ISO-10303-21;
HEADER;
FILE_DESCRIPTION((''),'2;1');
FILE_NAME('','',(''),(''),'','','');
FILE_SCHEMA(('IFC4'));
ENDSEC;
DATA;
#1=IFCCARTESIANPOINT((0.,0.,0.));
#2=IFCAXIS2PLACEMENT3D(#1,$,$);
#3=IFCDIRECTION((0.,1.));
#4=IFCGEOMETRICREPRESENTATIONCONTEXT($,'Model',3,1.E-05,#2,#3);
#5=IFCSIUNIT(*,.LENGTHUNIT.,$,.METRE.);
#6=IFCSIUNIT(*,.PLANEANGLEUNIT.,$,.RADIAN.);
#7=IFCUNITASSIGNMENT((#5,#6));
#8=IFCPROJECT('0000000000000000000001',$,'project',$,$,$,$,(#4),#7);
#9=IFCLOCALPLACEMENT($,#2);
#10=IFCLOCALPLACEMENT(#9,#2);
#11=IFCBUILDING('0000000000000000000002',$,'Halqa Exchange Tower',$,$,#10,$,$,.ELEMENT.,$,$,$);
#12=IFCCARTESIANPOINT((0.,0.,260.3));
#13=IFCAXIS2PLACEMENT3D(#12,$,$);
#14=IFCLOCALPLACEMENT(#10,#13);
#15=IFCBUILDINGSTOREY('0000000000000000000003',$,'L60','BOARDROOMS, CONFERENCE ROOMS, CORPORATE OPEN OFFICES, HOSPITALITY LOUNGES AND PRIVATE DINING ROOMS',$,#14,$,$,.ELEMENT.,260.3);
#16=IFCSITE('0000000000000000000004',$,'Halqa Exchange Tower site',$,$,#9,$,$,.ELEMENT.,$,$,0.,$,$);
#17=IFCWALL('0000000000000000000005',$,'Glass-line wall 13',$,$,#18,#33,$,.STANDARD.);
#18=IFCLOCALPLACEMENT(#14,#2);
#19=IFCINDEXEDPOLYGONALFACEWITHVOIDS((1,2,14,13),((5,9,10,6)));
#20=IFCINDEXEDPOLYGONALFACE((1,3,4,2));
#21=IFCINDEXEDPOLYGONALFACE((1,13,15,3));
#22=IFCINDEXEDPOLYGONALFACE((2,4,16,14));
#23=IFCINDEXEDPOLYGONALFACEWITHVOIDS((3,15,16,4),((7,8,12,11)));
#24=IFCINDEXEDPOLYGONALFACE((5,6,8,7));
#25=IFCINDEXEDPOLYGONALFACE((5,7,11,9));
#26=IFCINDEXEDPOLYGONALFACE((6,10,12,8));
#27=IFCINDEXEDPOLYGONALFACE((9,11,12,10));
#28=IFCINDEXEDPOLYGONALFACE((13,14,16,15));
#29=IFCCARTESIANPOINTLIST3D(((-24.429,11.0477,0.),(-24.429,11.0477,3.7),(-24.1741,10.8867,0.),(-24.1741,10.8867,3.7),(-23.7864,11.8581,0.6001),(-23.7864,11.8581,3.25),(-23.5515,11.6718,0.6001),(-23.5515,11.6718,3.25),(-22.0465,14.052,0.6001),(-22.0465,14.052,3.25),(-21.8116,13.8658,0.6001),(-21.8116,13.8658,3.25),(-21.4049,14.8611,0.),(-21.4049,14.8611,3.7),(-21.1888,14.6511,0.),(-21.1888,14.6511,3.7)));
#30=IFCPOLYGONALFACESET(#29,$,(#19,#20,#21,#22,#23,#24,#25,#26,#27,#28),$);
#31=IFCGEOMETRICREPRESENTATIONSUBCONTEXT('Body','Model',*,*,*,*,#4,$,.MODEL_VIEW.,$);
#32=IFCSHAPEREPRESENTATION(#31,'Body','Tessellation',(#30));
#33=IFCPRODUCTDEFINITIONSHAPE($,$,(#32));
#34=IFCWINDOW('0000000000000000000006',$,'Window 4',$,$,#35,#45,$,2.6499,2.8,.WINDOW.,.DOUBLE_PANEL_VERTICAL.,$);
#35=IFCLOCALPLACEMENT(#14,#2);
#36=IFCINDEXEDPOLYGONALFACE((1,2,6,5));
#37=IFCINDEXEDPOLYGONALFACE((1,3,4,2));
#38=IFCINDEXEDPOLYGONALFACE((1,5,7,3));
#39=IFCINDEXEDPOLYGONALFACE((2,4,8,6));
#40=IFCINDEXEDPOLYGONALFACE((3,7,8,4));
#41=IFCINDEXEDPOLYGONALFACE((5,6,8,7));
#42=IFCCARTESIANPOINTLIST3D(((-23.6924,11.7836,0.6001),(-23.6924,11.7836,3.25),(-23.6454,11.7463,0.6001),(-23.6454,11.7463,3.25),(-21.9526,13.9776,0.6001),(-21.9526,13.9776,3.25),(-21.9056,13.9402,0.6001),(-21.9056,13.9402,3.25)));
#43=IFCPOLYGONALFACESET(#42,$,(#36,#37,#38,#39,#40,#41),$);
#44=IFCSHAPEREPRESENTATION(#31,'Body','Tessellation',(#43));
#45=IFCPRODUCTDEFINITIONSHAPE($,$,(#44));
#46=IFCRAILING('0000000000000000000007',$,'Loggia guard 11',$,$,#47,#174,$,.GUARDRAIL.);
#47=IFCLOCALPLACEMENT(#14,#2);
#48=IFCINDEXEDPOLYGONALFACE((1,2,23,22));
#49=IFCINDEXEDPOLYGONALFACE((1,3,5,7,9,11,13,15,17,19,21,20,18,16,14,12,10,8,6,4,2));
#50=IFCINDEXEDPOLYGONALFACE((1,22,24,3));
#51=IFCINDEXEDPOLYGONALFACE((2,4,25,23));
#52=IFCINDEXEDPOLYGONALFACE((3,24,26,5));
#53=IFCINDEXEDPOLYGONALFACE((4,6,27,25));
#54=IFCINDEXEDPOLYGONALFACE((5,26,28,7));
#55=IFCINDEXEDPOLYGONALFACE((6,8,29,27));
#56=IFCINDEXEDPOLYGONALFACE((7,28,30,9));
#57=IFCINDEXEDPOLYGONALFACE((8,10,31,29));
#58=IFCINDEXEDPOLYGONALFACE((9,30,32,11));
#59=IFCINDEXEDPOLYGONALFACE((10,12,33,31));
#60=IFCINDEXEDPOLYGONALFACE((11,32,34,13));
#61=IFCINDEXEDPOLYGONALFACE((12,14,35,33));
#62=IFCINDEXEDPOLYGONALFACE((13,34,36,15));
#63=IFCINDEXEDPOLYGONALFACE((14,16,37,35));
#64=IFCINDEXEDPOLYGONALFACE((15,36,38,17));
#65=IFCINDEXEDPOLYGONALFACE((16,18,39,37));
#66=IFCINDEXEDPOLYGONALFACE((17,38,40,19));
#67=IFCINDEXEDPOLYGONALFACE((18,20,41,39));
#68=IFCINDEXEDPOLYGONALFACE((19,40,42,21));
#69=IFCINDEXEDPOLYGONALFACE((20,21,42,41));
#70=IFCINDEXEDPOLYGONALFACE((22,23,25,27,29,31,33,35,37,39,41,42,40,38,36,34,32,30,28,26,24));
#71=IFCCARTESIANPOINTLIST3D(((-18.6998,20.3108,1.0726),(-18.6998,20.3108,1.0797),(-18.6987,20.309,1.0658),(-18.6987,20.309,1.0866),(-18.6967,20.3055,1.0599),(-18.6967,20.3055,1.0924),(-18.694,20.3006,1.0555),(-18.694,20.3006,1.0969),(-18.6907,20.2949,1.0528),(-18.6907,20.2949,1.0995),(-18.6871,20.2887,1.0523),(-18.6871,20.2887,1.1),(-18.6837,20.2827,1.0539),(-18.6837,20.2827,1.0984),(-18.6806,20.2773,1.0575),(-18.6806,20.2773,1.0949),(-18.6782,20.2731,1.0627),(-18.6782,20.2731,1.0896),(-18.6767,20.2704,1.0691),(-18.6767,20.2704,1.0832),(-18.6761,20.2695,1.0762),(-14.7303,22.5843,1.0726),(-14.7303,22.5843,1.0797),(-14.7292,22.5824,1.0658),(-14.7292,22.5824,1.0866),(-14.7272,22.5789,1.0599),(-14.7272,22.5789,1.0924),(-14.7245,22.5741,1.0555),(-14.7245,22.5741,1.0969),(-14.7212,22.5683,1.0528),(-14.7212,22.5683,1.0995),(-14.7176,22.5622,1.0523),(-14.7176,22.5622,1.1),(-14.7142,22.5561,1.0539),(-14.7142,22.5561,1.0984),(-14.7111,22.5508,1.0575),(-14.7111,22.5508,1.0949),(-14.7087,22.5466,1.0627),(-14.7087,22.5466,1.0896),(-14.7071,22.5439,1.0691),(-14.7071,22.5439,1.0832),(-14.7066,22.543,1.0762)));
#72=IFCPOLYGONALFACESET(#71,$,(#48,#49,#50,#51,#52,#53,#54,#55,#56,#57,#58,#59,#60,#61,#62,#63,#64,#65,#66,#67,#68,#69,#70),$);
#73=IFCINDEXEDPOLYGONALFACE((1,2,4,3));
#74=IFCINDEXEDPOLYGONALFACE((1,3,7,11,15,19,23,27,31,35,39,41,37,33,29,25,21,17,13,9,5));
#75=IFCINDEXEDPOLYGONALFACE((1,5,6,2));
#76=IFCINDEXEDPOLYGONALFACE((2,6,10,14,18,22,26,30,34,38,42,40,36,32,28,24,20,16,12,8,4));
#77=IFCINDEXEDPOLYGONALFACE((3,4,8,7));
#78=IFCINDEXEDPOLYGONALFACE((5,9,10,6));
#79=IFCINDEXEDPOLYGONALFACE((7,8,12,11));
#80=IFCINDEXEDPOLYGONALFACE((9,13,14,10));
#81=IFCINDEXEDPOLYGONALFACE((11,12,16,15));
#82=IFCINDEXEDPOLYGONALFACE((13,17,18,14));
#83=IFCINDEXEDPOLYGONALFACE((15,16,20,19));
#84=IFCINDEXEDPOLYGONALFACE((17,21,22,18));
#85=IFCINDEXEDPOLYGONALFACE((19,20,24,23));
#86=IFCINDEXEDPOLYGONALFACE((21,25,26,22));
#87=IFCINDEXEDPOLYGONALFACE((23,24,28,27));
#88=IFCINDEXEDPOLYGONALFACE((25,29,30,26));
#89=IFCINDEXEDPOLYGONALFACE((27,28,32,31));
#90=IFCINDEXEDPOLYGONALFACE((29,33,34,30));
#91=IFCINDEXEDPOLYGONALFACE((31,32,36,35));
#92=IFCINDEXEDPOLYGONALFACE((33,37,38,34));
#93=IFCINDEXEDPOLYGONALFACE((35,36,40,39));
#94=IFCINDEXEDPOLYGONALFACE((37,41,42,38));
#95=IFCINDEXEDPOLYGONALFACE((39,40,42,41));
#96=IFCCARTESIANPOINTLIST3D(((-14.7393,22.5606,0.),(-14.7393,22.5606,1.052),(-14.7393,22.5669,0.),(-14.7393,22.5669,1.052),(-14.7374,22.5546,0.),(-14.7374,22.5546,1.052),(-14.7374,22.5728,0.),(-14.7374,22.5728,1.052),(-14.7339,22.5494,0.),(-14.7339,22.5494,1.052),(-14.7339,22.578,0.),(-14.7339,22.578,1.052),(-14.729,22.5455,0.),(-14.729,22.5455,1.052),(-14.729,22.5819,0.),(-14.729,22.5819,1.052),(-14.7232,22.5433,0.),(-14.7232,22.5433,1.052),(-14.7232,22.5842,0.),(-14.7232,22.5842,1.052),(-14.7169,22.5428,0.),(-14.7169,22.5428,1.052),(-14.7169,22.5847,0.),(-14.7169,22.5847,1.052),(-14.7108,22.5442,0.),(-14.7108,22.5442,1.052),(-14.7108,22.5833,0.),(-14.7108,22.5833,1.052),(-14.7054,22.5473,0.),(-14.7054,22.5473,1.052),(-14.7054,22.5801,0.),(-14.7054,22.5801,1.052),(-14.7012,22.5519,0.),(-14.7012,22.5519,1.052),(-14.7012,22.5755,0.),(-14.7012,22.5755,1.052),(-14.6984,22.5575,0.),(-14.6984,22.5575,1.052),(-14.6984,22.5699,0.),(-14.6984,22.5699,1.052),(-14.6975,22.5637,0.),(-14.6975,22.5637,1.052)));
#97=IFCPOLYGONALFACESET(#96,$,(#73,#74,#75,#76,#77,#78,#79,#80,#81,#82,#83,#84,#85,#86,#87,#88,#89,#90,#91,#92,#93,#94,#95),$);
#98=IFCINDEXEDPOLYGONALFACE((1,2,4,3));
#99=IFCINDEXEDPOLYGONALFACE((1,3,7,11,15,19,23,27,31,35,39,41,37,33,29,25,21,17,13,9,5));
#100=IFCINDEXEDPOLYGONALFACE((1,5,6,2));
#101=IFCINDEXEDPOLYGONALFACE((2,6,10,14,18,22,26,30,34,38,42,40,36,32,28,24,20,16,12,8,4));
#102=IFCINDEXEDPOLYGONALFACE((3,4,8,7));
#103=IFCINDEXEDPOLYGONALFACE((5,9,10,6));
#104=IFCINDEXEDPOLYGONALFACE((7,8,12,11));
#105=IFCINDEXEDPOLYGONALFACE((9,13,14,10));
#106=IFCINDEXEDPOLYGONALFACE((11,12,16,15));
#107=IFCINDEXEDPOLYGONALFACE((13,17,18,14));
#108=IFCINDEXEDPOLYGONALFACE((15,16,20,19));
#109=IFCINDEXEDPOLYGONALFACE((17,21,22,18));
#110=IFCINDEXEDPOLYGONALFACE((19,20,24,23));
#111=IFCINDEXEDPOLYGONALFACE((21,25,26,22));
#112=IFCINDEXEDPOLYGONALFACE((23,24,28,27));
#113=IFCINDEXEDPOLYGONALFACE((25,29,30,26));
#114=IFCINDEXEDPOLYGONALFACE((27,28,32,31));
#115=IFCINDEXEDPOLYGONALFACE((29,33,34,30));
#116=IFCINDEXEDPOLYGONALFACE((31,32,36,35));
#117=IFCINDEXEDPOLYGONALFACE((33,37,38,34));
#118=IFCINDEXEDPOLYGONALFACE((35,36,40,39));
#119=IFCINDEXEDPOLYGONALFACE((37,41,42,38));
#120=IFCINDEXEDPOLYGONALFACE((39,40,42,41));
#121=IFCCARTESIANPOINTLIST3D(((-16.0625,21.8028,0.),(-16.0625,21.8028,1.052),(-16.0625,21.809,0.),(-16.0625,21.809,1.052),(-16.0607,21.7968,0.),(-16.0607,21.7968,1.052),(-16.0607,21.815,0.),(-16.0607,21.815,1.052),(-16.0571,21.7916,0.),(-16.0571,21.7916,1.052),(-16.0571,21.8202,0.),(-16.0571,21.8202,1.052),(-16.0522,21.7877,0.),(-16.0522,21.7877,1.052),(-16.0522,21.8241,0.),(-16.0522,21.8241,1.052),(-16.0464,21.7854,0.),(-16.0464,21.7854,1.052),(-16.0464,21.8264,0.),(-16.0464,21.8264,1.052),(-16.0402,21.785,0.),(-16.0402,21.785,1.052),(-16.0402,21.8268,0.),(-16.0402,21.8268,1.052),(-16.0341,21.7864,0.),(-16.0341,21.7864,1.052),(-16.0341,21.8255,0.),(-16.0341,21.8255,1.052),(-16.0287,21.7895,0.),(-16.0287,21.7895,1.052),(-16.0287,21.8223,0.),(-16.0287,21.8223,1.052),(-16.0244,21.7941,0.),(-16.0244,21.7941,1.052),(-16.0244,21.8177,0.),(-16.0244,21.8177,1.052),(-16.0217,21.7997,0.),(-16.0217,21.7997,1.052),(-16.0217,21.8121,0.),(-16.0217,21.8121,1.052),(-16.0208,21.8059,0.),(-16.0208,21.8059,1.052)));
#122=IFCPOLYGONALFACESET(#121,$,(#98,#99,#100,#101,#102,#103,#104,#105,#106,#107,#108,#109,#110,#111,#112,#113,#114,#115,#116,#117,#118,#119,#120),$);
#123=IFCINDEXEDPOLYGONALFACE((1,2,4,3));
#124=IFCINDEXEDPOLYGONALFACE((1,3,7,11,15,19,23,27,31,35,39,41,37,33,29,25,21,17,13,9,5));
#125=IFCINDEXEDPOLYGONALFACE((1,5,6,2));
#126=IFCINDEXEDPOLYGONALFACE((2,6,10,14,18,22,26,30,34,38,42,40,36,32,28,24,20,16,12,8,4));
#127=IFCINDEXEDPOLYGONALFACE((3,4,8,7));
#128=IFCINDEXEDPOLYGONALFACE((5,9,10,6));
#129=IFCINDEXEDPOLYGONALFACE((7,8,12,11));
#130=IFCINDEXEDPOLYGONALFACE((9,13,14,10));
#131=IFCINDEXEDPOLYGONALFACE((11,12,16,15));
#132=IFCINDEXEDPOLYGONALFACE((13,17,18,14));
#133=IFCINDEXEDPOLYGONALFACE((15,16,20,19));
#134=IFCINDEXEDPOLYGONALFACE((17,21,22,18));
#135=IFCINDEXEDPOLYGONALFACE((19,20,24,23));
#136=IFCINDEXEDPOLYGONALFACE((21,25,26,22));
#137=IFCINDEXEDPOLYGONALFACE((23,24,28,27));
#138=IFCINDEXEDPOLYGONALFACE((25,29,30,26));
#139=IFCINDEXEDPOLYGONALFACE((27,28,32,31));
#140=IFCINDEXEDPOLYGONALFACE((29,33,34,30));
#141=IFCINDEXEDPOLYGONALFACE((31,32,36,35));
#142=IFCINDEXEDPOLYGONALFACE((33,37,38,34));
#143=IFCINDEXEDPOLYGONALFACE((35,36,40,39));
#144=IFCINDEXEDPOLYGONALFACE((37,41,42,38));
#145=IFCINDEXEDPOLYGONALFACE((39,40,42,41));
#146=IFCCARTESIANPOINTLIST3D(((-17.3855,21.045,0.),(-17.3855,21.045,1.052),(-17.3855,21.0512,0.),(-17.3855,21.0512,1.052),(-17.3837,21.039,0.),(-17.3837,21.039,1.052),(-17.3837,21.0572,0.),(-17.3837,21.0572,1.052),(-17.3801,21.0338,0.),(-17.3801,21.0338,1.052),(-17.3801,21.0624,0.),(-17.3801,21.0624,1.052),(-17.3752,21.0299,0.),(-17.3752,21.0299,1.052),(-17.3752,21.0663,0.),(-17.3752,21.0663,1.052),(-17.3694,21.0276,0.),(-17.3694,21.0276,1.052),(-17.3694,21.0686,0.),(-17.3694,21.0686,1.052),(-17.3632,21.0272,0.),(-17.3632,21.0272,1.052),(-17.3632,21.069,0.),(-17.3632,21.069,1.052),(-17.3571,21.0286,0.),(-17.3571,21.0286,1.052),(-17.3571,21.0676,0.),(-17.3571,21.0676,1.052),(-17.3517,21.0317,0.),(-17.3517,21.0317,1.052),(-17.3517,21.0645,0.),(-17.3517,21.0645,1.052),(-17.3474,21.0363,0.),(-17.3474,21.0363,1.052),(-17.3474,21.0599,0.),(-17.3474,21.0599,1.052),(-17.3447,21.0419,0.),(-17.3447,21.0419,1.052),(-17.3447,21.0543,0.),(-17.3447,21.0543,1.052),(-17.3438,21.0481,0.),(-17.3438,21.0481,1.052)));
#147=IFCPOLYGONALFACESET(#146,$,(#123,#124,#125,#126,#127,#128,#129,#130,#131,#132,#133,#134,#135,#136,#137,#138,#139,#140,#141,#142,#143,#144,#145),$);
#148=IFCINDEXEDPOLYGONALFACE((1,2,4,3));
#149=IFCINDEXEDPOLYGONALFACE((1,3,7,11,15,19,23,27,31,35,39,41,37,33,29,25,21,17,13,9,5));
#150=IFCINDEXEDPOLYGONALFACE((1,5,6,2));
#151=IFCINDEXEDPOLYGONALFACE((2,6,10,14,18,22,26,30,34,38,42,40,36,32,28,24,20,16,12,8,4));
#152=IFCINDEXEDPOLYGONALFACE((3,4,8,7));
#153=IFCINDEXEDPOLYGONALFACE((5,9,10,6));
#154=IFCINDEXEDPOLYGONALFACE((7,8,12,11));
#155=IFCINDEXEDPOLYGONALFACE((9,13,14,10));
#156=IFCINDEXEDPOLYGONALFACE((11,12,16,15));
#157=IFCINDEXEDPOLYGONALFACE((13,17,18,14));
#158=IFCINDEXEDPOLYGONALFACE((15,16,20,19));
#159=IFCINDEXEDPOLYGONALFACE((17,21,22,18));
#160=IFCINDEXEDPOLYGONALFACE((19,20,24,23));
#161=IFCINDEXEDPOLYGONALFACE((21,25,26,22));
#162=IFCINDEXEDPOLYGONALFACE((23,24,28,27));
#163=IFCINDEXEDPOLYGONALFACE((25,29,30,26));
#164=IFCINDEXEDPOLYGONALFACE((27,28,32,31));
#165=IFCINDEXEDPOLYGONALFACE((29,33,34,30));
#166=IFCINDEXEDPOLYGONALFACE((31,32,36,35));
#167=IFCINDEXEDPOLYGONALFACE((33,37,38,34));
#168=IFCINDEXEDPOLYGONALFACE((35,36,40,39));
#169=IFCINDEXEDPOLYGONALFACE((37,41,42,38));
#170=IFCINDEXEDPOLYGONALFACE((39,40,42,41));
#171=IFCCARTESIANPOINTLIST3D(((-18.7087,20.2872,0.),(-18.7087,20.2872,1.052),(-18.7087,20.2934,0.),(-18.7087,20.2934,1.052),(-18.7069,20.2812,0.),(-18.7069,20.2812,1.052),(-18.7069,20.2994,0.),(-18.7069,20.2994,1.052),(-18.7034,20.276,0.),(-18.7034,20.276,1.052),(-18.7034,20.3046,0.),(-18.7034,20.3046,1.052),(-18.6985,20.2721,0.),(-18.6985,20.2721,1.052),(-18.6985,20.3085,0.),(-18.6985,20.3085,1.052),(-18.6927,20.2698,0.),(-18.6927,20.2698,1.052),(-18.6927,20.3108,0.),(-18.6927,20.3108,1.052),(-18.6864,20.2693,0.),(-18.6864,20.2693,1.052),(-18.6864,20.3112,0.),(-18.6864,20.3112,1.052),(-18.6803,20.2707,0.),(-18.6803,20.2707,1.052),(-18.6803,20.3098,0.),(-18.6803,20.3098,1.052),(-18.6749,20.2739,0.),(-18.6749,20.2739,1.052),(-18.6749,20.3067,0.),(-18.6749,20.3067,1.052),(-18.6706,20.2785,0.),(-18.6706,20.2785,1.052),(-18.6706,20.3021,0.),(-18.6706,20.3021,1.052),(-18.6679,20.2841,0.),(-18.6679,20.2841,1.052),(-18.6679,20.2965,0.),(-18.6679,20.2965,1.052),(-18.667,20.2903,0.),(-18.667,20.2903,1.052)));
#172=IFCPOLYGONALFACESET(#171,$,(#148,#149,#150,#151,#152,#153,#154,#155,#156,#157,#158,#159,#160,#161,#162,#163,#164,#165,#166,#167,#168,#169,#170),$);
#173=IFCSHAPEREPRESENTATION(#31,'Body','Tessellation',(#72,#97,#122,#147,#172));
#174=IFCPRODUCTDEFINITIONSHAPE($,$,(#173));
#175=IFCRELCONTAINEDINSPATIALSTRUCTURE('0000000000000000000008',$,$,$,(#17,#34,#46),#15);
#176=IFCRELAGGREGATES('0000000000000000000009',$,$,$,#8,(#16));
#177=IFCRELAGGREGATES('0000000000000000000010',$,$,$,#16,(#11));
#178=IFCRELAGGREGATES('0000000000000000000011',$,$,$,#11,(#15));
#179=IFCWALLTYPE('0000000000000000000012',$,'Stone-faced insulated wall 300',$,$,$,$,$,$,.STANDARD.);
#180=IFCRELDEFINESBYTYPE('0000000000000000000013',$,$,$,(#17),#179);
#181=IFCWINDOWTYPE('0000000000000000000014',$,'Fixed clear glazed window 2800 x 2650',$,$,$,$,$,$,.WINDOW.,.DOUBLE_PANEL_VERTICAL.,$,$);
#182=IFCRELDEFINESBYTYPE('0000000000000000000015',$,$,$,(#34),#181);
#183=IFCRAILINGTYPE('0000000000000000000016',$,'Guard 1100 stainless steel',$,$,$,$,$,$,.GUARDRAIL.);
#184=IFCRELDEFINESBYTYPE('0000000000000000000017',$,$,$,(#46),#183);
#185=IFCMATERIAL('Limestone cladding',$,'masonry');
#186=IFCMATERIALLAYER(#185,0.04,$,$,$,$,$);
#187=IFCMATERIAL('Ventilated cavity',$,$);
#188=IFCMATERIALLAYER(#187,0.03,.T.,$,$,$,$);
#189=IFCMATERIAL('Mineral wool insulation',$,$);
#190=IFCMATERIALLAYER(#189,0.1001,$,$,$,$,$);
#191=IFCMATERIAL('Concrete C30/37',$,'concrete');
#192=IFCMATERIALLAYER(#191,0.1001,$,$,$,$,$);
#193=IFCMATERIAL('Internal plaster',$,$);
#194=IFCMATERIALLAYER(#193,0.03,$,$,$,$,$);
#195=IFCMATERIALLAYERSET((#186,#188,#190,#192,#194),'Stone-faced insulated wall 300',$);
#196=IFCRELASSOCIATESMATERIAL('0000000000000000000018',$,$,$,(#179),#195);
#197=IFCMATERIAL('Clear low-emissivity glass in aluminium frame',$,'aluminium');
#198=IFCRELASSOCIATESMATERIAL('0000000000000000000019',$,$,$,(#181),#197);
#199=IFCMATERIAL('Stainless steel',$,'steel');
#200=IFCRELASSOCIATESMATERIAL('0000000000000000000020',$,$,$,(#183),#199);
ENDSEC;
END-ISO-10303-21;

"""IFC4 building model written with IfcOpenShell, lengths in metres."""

from ifc_helpers import new_model, si_unit, direction, frame, frame_2d, origin, origin_2d, place, context, subcontext, project, spatial, polyline, rectangle, circle, outline, extrude, material, layer, layer_set, type_object, element, fill, save


model = new_model("IFC4")

# Units and contexts
model_context = context("Model", 3, precision=1e-05, world=origin(), true_north=direction((0.0, 1.0)))
body_context = subcontext(model_context, "Body", "Model", "MODEL_VIEW")
ifc_project = project(units=[si_unit("LENGTHUNIT", "METRE"), si_unit("PLANEANGLEUNIT", "RADIAN")], contexts=[model_context])

# Site, building, storey
site_placement = place(None, origin())
site = spatial("IfcSite", under=ifc_project, at=site_placement, Name="Halqa Exchange Tower site", CompositionType="ELEMENT", RefElevation=0.0)
building_placement = place(site_placement, origin())
building = spatial("IfcBuilding", under=site, at=building_placement, Name="Halqa Exchange Tower", CompositionType="ELEMENT")
storey_placement = place(building_placement, frame((0.0, 0.0, 260.3)))
storey = spatial("IfcBuildingStorey", under=building, at=storey_placement, Name="L60", Description="BOARDROOMS, CONFERENCE ROOMS, CORPORATE OPEN OFFICES, HOSPITALITY LOUNGES AND PRIVATE DINING ROOMS", CompositionType="ELEMENT", Elevation=260.3)

# Shared definitions
ifc_material_1 = material(Name="Limestone cladding", Category="masonry")
ifc_layer_1 = layer(ifc_material_1, 0.04)
ifc_material_2 = material(Name="Ventilated cavity")
ifc_layer_2 = layer(ifc_material_2, 0.03, ventilated=True)
ifc_material_3 = material(Name="Mineral wool insulation")
ifc_layer_3 = layer(ifc_material_3, 0.1001)
ifc_material_4 = material(Name="Concrete C30/37", Category="concrete")
ifc_layer_4 = layer(ifc_material_4, 0.1001)
ifc_material_5 = material(Name="Internal plaster")
ifc_layer_5 = layer(ifc_material_5, 0.03)
ifc_layer_set_1 = layer_set([ifc_layer_1, ifc_layer_2, ifc_layer_3, ifc_layer_4, ifc_layer_5], Name="Stone-faced insulated wall 300")
wall_type_1 = type_object("IfcWallType", Name="Stone-faced insulated wall 300", PredefinedType="STANDARD", material=ifc_layer_set_1)
ifc_material_6 = material(Name="Clear low-emissivity glass in aluminium frame", Category="aluminium")
window_type = type_object("IfcWindowType", Name="Fixed clear glazed window 2800 x 2650", PartitioningType="DOUBLE_PANEL_VERTICAL", PredefinedType="WINDOW", material=ifc_material_6)

# Wall, opening, window
wall_1_placement = place(storey_placement, frame((-21.2969, 14.7561, 0.0), z_axis=(0.0, 0.0, 1.0), x_axis=(-0.621358, -0.783526, 0.0)))
wall_1 = element("IfcWall", 1, at=wall_1_placement, inside=storey, type_object=wall_type_1, Name="Glass-line wall 13", PredefinedType="STANDARD", context=body_context, shape_type="SweptSolid", body=[
    extrude(outline(polyline([(-0.0151, -0.1499), (4.8518, -0.1499), (4.8196, 0.1499), (0.0151, 0.1499), (-0.0151, -0.1499)])), origin(), (0.0, 0.0, 1.0), 3.7),
])
opening_1_placement = place(wall_1_placement, frame((1.0176, 0.0, 0.6001)))
opening_1 = element("IfcOpeningElement", 2, at=opening_1_placement, cuts=wall_1, PredefinedType="OPENING", context=body_context, shape_type="SweptSolid", body=[
    extrude(rectangle(XDim=2.8, YDim=2.6499, at=frame_2d((1.3999, 1.325))), frame((0.0, 0.1621, 0.0), z_axis=(0.0, -1.0, 0.0), x_axis=(1.0, 0.0, 0.0)), (0.0, 0.0, 1.0), 0.324),
])
window_1_placement = place(opening_1_placement, origin())
window_1 = element("IfcWindow", 3, at=window_1_placement, inside=storey, type_object=window_type, Name="Window 4", OverallHeight=2.6499, OverallWidth=2.8, PartitioningType="DOUBLE_PANEL_VERTICAL", PredefinedType="WINDOW", context=body_context, shape_type="SweptSolid", body=[
    extrude(rectangle(XDim=2.8, YDim=2.6499, at=frame_2d((1.3999, 1.325))), frame((0.0, 0.03, 0.0), z_axis=(0.0, -1.0, 0.0), x_axis=(1.0, 0.0, 0.0)), (0.0, 0.0, 1.0), 0.0601),
])
fill(opening_1, window_1)

# Railing
ifc_material_7 = material(Name="Stainless steel", Category="steel")
railing_type = type_object("IfcRailingType", Name="Guard 1100 stainless steel", PredefinedType="GUARDRAIL", material=ifc_material_7)
railing_1_placement = place(storey_placement, frame((-14.7185, 22.5637, 0.0)))
element("IfcRailing", 4, at=railing_1_placement, inside=storey, type_object=railing_type, Name="Loggia guard 11", PredefinedType="GUARDRAIL", context=body_context, shape_type="SweptSolid", body=[
    extrude(circle(Radius=0.0239, at=origin_2d()), frame((0.0, 0.0, 1.0762), z_axis=(-0.867757, -0.496989, 0.0), x_axis=(0.496989, -0.867757, 0.0)), (0.0, 0.0, 1.0), 4.5745),
    extrude(circle(Radius=0.021, at=origin_2d()), origin(), (0.0, 0.0, 1.0), 1.052),
    extrude(circle(Radius=0.021, at=origin_2d()), frame((-1.3232, -0.7578, 0.0)), (0.0, 0.0, 1.0), 1.052),
    extrude(circle(Radius=0.021, at=origin_2d()), frame((-2.6462, -1.5156, 0.0)), (0.0, 0.0, 1.0), 1.052),
    extrude(circle(Radius=0.021, at=origin_2d()), frame((-3.9695, -2.2734, 0.0)), (0.0, 0.0, 1.0), 1.052),
])

save(model, "model.ifc")
